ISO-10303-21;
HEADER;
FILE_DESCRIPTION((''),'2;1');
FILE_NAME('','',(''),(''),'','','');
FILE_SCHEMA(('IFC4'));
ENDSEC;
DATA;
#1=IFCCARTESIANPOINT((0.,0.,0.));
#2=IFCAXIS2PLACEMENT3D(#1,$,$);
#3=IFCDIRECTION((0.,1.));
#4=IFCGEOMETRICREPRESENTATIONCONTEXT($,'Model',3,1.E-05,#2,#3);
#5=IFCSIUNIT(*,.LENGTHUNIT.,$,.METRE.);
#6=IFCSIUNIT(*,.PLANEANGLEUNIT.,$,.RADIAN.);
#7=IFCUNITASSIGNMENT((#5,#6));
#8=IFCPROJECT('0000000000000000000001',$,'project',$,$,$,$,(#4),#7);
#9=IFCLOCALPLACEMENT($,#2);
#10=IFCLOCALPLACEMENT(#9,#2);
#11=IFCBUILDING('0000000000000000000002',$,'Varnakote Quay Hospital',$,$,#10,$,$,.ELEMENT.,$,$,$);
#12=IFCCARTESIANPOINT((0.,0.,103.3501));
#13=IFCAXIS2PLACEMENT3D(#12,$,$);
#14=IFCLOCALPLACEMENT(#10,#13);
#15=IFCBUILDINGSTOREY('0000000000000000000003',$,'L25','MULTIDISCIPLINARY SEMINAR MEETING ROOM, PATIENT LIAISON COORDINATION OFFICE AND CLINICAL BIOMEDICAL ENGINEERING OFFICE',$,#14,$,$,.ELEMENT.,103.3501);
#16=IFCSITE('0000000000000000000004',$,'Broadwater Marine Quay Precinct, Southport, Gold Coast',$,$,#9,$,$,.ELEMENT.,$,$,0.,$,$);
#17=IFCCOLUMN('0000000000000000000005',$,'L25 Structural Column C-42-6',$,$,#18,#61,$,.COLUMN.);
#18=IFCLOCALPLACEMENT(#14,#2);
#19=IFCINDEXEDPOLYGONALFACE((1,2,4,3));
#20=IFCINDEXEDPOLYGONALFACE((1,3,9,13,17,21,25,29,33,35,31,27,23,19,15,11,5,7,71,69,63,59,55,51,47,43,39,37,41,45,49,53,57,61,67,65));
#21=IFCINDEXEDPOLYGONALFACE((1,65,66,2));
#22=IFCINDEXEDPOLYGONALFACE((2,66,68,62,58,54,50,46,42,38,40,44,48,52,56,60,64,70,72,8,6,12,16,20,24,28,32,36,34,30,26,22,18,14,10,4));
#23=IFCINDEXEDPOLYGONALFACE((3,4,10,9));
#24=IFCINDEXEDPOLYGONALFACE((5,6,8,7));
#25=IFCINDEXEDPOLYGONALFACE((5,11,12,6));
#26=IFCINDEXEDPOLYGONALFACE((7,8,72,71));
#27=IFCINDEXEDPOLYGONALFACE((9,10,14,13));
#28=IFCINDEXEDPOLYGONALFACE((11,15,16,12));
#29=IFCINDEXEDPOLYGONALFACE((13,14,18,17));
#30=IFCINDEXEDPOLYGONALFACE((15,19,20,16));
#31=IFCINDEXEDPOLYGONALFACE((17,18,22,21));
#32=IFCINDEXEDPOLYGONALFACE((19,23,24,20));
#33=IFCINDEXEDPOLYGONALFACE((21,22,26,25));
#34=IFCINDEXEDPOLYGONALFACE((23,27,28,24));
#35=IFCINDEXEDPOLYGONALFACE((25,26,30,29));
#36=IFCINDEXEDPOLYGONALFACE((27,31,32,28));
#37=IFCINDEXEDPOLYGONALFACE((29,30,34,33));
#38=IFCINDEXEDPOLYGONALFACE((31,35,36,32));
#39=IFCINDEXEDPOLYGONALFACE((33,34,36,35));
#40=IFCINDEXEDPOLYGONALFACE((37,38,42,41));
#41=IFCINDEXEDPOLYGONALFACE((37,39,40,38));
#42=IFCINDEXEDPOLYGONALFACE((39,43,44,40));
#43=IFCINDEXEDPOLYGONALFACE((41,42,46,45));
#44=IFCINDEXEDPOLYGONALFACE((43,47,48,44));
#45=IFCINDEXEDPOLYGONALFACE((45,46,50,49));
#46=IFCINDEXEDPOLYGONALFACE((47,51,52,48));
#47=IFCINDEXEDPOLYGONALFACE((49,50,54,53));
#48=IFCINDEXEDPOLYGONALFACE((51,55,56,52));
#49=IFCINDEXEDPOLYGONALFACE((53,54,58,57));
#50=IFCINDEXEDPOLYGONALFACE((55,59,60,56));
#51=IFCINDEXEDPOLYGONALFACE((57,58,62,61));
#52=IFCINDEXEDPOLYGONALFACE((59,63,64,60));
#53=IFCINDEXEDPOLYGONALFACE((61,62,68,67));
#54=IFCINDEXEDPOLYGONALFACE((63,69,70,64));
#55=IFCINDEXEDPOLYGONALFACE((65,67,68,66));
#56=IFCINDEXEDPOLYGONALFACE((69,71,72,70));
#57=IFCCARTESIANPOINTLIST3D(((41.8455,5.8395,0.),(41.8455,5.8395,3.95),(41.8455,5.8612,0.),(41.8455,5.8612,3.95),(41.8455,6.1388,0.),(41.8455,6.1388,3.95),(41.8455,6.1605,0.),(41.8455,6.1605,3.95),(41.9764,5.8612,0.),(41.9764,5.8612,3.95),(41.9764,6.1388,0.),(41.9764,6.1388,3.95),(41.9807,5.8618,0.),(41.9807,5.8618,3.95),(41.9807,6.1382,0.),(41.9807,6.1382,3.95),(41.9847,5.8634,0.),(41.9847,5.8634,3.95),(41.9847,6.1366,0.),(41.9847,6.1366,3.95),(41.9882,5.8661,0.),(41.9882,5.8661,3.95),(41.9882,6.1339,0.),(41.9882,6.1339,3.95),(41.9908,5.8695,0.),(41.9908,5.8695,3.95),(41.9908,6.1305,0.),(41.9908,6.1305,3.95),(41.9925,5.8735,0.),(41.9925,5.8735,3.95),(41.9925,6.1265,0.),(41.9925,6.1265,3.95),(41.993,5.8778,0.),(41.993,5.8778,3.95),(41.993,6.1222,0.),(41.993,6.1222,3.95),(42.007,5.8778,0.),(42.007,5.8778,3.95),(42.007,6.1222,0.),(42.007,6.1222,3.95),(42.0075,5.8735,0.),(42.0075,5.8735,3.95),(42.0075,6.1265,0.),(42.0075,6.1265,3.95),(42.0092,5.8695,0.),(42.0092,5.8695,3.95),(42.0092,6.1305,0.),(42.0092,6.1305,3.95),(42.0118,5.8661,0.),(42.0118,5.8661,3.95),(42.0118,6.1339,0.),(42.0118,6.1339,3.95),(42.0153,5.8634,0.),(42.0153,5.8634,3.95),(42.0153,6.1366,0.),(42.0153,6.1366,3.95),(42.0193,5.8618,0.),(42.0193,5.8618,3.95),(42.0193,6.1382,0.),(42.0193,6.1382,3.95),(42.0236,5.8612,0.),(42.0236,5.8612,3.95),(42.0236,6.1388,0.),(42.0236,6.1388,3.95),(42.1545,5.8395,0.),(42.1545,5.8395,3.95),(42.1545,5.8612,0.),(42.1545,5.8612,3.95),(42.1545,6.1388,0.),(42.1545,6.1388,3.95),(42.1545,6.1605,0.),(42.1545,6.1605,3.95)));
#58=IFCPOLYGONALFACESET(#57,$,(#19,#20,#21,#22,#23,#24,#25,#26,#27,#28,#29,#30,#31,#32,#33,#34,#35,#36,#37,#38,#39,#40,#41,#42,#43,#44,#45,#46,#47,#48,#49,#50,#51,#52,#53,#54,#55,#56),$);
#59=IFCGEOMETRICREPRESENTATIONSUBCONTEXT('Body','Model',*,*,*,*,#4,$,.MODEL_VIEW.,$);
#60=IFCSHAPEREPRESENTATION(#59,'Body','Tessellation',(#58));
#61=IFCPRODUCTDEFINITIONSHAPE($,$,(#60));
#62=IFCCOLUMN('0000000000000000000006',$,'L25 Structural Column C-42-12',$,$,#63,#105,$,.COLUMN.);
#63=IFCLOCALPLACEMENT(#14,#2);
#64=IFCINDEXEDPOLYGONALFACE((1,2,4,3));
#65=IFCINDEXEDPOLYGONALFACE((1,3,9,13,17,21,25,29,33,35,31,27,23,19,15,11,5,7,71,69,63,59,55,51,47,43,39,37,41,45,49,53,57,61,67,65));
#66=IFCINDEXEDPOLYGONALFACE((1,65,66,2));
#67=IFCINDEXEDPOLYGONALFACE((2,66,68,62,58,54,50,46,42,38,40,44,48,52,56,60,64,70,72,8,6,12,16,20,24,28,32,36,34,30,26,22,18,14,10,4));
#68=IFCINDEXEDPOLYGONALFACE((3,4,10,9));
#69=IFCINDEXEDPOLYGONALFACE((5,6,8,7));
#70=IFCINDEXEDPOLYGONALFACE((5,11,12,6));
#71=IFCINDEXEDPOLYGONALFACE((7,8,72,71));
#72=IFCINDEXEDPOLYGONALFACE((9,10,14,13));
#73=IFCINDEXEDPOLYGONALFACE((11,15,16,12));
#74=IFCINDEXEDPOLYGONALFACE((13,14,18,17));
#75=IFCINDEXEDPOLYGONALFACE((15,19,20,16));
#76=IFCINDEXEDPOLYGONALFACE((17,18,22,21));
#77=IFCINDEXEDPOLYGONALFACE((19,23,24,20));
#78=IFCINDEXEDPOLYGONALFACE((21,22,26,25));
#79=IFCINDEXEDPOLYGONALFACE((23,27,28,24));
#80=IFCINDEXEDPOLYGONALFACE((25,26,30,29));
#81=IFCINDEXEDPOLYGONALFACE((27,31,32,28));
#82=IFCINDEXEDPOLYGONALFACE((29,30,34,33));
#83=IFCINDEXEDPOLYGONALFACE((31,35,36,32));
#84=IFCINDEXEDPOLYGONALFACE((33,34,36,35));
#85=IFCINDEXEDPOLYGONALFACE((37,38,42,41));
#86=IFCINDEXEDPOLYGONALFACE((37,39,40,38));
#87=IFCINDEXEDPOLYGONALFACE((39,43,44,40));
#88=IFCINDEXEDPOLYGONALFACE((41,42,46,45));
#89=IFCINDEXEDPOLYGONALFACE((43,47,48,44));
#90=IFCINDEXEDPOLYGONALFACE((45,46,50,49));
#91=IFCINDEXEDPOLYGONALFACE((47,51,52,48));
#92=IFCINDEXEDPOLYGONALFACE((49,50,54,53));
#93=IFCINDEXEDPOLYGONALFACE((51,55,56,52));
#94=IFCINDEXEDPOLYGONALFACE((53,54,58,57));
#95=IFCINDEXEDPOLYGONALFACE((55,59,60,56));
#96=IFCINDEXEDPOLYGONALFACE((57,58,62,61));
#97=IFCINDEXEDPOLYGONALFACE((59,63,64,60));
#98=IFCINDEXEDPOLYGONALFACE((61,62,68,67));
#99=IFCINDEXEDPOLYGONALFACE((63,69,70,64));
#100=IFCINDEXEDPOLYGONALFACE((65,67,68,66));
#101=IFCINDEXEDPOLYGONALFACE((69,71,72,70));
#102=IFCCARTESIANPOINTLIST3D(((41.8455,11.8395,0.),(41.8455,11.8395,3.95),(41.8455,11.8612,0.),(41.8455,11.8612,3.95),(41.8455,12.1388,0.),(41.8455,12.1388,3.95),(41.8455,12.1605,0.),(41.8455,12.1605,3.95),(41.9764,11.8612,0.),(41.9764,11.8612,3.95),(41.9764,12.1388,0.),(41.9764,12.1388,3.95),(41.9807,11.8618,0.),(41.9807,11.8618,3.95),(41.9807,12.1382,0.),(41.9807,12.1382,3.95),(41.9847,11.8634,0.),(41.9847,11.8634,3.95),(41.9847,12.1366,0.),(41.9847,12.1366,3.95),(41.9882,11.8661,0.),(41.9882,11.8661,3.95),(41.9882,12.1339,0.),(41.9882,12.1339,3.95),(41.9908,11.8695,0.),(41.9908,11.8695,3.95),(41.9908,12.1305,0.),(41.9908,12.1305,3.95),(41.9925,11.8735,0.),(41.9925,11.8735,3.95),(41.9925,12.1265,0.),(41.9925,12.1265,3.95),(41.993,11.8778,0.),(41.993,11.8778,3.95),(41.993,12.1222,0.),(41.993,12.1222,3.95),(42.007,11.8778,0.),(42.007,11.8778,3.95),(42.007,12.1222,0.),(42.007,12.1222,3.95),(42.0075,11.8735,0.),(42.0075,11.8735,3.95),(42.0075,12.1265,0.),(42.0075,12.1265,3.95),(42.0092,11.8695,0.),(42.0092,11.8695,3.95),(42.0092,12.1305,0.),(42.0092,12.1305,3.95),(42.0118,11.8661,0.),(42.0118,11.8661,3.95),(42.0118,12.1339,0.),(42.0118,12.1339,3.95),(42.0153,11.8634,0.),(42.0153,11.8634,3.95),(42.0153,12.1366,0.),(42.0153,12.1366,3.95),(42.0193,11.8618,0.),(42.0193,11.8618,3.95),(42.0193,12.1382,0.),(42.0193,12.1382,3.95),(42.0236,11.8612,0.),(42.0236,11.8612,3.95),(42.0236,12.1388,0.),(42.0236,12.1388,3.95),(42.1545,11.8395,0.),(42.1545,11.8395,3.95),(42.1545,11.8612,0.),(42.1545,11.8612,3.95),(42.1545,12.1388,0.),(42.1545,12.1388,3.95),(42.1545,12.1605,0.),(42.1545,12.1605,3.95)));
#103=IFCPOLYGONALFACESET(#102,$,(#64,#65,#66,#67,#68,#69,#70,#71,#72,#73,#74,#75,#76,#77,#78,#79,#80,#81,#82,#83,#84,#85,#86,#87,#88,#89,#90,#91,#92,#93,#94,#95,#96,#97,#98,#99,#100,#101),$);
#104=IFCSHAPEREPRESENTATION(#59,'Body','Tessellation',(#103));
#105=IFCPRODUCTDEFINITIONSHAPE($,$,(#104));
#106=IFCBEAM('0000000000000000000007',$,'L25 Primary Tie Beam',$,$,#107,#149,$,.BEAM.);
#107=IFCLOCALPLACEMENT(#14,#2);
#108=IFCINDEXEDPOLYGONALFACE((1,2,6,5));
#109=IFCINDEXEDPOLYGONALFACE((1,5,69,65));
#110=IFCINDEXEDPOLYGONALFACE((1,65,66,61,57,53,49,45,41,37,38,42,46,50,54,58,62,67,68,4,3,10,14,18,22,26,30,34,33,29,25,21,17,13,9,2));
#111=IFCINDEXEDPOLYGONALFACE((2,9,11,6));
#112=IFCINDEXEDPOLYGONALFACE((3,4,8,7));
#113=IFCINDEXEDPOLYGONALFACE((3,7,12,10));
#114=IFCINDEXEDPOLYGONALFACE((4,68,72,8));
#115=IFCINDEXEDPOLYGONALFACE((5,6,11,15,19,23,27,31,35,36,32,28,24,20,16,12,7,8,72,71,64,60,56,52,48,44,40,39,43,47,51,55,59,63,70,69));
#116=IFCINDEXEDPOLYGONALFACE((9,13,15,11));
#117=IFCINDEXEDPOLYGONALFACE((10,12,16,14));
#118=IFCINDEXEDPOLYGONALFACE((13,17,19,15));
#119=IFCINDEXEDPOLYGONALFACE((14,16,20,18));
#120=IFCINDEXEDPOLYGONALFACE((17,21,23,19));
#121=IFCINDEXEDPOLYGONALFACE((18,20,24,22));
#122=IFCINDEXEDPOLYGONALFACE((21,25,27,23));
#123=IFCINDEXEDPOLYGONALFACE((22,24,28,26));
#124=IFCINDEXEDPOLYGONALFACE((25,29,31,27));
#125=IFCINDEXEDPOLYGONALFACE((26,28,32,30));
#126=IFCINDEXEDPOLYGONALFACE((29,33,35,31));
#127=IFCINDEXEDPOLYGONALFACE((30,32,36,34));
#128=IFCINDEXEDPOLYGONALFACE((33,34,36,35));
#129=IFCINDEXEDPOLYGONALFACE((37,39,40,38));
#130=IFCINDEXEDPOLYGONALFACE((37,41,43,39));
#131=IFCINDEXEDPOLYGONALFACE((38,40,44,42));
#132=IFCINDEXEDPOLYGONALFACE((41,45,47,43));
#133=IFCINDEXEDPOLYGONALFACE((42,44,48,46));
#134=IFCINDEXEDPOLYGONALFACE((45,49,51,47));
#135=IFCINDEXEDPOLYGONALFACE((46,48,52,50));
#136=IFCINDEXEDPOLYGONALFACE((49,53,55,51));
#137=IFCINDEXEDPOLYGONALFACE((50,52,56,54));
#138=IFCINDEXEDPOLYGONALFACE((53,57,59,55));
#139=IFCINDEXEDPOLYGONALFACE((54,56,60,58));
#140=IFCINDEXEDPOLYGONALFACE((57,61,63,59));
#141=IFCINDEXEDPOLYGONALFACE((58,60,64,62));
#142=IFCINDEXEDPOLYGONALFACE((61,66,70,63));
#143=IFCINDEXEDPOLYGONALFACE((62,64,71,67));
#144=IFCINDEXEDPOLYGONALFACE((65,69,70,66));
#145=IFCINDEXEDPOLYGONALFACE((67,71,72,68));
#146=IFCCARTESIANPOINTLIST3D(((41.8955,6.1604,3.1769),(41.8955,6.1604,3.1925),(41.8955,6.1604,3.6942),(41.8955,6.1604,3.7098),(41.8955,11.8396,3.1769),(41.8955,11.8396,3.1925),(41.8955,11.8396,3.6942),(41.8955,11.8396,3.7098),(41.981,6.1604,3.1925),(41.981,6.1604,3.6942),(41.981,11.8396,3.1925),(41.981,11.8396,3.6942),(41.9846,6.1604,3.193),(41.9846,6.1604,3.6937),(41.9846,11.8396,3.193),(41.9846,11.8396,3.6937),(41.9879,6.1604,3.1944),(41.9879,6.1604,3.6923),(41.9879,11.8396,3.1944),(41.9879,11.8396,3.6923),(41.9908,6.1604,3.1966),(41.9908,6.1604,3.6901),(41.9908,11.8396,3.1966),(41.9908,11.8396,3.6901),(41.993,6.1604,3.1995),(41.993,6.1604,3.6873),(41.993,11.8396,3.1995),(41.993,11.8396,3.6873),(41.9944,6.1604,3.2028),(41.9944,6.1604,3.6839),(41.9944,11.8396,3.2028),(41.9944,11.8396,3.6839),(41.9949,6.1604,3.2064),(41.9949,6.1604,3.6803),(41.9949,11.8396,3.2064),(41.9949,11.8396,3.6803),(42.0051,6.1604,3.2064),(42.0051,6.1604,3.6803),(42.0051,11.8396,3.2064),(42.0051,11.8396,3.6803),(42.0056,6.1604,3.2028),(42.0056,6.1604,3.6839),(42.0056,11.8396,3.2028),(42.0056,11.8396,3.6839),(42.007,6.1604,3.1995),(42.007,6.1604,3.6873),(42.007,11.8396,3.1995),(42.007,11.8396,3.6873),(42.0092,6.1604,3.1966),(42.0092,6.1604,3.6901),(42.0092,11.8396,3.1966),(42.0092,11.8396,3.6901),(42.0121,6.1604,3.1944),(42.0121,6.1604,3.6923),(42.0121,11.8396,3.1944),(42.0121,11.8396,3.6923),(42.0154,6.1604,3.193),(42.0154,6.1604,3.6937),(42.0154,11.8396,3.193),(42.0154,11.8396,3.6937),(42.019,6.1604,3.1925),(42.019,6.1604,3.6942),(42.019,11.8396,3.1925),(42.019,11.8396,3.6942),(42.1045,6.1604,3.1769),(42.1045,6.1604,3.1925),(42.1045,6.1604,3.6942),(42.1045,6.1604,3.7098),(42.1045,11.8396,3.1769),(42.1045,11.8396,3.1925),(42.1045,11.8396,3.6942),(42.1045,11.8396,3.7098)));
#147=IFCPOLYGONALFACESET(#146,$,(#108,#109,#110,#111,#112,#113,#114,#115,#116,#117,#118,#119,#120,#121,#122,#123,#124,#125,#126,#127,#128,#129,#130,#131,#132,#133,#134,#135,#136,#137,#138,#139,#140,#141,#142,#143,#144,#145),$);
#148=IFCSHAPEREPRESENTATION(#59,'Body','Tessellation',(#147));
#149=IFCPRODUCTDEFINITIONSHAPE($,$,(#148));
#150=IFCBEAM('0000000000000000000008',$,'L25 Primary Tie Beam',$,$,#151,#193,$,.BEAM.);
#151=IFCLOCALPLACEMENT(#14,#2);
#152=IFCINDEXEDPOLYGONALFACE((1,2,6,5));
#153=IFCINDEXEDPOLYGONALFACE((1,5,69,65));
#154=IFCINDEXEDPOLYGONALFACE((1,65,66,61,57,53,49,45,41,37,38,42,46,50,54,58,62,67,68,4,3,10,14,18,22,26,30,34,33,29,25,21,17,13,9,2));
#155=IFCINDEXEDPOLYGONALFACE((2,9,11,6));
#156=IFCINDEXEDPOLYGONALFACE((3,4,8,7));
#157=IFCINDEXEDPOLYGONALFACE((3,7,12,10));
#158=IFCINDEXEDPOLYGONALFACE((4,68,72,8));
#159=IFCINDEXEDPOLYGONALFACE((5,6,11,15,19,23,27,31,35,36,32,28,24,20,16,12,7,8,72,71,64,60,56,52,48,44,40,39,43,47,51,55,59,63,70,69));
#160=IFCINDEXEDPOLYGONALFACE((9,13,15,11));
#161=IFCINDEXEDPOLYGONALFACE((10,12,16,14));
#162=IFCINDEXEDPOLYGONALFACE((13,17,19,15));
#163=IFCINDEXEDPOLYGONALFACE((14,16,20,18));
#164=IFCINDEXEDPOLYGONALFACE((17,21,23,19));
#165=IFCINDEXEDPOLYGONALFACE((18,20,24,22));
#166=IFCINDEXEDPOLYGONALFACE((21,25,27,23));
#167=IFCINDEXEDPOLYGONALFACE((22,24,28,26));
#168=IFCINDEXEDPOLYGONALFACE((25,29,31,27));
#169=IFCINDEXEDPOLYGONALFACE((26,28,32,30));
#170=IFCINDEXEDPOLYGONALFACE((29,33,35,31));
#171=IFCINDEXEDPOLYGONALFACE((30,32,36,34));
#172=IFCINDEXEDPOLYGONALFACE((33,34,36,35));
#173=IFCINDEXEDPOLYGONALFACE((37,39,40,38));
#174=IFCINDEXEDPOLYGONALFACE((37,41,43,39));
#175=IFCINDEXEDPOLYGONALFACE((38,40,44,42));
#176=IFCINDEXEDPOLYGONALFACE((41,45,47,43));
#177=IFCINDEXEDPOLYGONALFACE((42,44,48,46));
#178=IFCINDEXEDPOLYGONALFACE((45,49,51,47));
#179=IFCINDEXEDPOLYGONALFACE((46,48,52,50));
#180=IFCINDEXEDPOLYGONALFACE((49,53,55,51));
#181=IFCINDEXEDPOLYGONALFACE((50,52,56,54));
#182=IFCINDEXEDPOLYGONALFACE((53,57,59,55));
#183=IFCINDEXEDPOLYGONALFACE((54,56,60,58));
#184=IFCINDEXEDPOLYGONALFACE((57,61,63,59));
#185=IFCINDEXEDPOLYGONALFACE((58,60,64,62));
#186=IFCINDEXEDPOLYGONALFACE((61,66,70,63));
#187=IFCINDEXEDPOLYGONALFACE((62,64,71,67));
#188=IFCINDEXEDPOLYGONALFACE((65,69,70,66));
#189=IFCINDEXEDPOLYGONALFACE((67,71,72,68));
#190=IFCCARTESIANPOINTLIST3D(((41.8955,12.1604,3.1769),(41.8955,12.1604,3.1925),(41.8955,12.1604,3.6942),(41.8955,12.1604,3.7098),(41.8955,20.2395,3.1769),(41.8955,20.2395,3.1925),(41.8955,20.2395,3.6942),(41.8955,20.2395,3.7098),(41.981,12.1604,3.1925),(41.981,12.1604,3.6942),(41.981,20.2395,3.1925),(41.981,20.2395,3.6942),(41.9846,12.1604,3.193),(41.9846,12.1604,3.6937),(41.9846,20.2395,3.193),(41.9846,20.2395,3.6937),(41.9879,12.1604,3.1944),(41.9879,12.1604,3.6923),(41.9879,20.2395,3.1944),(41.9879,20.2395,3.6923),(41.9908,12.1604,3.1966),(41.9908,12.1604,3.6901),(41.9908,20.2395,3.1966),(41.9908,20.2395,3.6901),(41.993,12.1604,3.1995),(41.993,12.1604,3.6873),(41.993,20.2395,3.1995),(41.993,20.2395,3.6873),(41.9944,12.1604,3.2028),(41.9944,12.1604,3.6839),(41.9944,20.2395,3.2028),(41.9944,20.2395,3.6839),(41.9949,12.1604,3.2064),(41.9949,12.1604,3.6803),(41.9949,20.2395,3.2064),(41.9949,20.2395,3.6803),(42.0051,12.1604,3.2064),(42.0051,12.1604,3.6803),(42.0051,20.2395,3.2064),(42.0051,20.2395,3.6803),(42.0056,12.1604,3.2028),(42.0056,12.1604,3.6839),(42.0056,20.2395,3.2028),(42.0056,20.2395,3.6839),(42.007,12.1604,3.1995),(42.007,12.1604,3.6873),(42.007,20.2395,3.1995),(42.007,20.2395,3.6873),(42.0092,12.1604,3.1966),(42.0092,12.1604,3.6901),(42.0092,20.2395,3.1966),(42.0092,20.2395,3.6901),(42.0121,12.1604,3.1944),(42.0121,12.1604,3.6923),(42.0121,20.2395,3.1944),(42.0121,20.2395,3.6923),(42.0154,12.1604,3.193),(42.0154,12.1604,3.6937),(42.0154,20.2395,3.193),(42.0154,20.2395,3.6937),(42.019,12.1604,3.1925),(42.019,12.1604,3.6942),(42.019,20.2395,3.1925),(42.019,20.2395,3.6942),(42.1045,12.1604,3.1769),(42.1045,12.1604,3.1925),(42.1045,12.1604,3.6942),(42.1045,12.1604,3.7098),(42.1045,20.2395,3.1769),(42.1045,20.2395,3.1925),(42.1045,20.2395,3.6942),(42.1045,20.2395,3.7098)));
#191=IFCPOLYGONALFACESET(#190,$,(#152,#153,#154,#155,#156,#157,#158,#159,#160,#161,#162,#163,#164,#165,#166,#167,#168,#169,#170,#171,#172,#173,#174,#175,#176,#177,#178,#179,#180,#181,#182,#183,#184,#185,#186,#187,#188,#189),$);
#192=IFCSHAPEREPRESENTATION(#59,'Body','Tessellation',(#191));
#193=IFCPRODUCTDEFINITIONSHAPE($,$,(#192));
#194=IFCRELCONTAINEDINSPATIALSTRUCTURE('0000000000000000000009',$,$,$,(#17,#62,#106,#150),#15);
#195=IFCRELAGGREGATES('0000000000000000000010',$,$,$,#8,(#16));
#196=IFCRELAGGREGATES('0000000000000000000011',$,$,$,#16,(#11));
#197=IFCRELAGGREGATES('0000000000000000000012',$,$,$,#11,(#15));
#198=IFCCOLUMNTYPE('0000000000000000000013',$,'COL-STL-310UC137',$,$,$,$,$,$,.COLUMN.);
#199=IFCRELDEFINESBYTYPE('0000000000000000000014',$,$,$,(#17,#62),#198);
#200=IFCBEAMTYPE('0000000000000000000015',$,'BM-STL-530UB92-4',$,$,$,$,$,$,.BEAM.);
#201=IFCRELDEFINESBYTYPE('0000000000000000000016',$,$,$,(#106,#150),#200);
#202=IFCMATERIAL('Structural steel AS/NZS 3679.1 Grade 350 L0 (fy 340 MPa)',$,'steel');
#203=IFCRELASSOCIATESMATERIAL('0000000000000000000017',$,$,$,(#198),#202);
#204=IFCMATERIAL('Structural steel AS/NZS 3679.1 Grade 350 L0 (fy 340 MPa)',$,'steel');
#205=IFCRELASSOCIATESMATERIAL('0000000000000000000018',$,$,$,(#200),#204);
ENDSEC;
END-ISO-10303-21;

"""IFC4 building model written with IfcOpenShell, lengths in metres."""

from ifc_helpers import new_model, si_unit, direction, frame, origin, origin_2d, place, context, subcontext, project, spatial, i_section, extrude, material, material_profile, profile_set, type_object, element, save


model = new_model("IFC4")

# Units and contexts
model_context = context("Model", 3, precision=1e-05, world=origin(), true_north=direction((0.0, 1.0)))
body_context = subcontext(model_context, "Body", "Model", "MODEL_VIEW")
ifc_project = project(units=[si_unit("LENGTHUNIT", "METRE"), si_unit("PLANEANGLEUNIT", "RADIAN")], contexts=[model_context])

# Site, building, storey
site_placement = place(None, origin())
site = spatial("IfcSite", under=ifc_project, at=site_placement, Name="Broadwater Marine Quay Precinct, Southport, Gold Coast", CompositionType="ELEMENT", RefElevation=0.0)
building_placement = place(site_placement, origin())
building = spatial("IfcBuilding", under=site, at=building_placement, Name="Varnakote Quay Hospital", CompositionType="ELEMENT")
storey_placement = place(building_placement, frame((0.0, 0.0, 103.3501)))
storey = spatial("IfcBuildingStorey", under=building, at=storey_placement, Name="L25", Description="MULTIDISCIPLINARY SEMINAR MEETING ROOM, PATIENT LIAISON COORDINATION OFFICE AND CLINICAL BIOMEDICAL ENGINEERING OFFICE", CompositionType="ELEMENT", Elevation=103.3501)

# Columns
ifc_material_1 = material(Name="Structural steel AS/NZS 3679.1 Grade 350 L0 (fy 340 MPa)", Category="steel")
ifc_material_profile_1 = material_profile(ifc_material_1, i_section(OverallWidth=0.3091, OverallDepth=0.321, WebThickness=0.0139, FlangeThickness=0.0217, FilletRadius=0.0166, at=origin_2d()), Name="310UC137")
ifc_profile_set_1 = profile_set([ifc_material_profile_1], Name="Structural steel AS/NZS 3679.1 Grade 350 L0 (fy 340 MPa)")
column_type = type_object("IfcColumnType", Name="COL-STL-310UC137", PredefinedType="COLUMN", material=ifc_profile_set_1)
for number, where, z_axis, x_axis, name in (
    (1, (42.0, 6.0, 0.0), (0.0, 0.0, 1.0), (1.0, 0.0, 0.0), "L25 Structural Column C-42-6"),
    (2, (42.0, 12.0, 0.0), (0.0, 0.0, 1.0), (1.0, 0.0, 0.0), "L25 Structural Column C-42-12"),
):
    element("IfcColumn", number, at=place(storey_placement, frame(where, z_axis=z_axis, x_axis=x_axis)), inside=storey, type_object=column_type, Name=name, PredefinedType="COLUMN", context=body_context, shape_type="SweptSolid", body=[
        extrude(i_section(OverallWidth=0.3091, OverallDepth=0.321, WebThickness=0.0139, FlangeThickness=0.0217, FilletRadius=0.0166, at=origin_2d()), origin(), (0.0, 0.0, 1.0), 3.95),
    ])

# Beams
ifc_material_2 = material(Name="Structural steel AS/NZS 3679.1 Grade 350 L0 (fy 340 MPa)", Category="steel")
ifc_material_profile_2 = material_profile(ifc_material_2, i_section(OverallWidth=0.209, OverallDepth=0.533, WebThickness=0.0103, FlangeThickness=0.0156, FilletRadius=0.0139, at=origin_2d()), Name="530UB92.4")
ifc_profile_set_2 = profile_set([ifc_material_profile_2], Name="Structural steel AS/NZS 3679.1 Grade 350 L0 (fy 340 MPa)")
beam_type_1 = type_object("IfcBeamType", Name="BM-STL-530UB92-4", PredefinedType="BEAM", material=ifc_profile_set_2)
beam_1_placement = place(storey_placement, frame((42.0, 6.1604, 3.4434), z_axis=(0.0, 1.0, 0.0), x_axis=(-1.0, 0.0, 0.0)))
element("IfcBeam", 3, at=beam_1_placement, inside=storey, type_object=beam_type_1, Name="L25 Primary Tie Beam", PredefinedType="BEAM", context=body_context, shape_type="SweptSolid", body=[
    extrude(i_section(OverallWidth=0.209, OverallDepth=0.533, WebThickness=0.0103, FlangeThickness=0.0156, FilletRadius=0.0139, at=origin_2d()), origin(), (0.0, 0.0, 1.0), 5.6792),
])
beam_2_placement = place(storey_placement, frame((42.0, 12.1604, 3.4434), z_axis=(0.0, 1.0, 0.0), x_axis=(-1.0, 0.0, 0.0)))
element("IfcBeam", 4, at=beam_2_placement, inside=storey, type_object=beam_type_1, Name="L25 Primary Tie Beam", PredefinedType="BEAM", context=body_context, shape_type="SweptSolid", body=[
    extrude(i_section(OverallWidth=0.209, OverallDepth=0.533, WebThickness=0.0103, FlangeThickness=0.0156, FilletRadius=0.0139, at=origin_2d()), origin(), (0.0, 0.0, 1.0), 8.0791),
])

save(model, "model.ifc")
